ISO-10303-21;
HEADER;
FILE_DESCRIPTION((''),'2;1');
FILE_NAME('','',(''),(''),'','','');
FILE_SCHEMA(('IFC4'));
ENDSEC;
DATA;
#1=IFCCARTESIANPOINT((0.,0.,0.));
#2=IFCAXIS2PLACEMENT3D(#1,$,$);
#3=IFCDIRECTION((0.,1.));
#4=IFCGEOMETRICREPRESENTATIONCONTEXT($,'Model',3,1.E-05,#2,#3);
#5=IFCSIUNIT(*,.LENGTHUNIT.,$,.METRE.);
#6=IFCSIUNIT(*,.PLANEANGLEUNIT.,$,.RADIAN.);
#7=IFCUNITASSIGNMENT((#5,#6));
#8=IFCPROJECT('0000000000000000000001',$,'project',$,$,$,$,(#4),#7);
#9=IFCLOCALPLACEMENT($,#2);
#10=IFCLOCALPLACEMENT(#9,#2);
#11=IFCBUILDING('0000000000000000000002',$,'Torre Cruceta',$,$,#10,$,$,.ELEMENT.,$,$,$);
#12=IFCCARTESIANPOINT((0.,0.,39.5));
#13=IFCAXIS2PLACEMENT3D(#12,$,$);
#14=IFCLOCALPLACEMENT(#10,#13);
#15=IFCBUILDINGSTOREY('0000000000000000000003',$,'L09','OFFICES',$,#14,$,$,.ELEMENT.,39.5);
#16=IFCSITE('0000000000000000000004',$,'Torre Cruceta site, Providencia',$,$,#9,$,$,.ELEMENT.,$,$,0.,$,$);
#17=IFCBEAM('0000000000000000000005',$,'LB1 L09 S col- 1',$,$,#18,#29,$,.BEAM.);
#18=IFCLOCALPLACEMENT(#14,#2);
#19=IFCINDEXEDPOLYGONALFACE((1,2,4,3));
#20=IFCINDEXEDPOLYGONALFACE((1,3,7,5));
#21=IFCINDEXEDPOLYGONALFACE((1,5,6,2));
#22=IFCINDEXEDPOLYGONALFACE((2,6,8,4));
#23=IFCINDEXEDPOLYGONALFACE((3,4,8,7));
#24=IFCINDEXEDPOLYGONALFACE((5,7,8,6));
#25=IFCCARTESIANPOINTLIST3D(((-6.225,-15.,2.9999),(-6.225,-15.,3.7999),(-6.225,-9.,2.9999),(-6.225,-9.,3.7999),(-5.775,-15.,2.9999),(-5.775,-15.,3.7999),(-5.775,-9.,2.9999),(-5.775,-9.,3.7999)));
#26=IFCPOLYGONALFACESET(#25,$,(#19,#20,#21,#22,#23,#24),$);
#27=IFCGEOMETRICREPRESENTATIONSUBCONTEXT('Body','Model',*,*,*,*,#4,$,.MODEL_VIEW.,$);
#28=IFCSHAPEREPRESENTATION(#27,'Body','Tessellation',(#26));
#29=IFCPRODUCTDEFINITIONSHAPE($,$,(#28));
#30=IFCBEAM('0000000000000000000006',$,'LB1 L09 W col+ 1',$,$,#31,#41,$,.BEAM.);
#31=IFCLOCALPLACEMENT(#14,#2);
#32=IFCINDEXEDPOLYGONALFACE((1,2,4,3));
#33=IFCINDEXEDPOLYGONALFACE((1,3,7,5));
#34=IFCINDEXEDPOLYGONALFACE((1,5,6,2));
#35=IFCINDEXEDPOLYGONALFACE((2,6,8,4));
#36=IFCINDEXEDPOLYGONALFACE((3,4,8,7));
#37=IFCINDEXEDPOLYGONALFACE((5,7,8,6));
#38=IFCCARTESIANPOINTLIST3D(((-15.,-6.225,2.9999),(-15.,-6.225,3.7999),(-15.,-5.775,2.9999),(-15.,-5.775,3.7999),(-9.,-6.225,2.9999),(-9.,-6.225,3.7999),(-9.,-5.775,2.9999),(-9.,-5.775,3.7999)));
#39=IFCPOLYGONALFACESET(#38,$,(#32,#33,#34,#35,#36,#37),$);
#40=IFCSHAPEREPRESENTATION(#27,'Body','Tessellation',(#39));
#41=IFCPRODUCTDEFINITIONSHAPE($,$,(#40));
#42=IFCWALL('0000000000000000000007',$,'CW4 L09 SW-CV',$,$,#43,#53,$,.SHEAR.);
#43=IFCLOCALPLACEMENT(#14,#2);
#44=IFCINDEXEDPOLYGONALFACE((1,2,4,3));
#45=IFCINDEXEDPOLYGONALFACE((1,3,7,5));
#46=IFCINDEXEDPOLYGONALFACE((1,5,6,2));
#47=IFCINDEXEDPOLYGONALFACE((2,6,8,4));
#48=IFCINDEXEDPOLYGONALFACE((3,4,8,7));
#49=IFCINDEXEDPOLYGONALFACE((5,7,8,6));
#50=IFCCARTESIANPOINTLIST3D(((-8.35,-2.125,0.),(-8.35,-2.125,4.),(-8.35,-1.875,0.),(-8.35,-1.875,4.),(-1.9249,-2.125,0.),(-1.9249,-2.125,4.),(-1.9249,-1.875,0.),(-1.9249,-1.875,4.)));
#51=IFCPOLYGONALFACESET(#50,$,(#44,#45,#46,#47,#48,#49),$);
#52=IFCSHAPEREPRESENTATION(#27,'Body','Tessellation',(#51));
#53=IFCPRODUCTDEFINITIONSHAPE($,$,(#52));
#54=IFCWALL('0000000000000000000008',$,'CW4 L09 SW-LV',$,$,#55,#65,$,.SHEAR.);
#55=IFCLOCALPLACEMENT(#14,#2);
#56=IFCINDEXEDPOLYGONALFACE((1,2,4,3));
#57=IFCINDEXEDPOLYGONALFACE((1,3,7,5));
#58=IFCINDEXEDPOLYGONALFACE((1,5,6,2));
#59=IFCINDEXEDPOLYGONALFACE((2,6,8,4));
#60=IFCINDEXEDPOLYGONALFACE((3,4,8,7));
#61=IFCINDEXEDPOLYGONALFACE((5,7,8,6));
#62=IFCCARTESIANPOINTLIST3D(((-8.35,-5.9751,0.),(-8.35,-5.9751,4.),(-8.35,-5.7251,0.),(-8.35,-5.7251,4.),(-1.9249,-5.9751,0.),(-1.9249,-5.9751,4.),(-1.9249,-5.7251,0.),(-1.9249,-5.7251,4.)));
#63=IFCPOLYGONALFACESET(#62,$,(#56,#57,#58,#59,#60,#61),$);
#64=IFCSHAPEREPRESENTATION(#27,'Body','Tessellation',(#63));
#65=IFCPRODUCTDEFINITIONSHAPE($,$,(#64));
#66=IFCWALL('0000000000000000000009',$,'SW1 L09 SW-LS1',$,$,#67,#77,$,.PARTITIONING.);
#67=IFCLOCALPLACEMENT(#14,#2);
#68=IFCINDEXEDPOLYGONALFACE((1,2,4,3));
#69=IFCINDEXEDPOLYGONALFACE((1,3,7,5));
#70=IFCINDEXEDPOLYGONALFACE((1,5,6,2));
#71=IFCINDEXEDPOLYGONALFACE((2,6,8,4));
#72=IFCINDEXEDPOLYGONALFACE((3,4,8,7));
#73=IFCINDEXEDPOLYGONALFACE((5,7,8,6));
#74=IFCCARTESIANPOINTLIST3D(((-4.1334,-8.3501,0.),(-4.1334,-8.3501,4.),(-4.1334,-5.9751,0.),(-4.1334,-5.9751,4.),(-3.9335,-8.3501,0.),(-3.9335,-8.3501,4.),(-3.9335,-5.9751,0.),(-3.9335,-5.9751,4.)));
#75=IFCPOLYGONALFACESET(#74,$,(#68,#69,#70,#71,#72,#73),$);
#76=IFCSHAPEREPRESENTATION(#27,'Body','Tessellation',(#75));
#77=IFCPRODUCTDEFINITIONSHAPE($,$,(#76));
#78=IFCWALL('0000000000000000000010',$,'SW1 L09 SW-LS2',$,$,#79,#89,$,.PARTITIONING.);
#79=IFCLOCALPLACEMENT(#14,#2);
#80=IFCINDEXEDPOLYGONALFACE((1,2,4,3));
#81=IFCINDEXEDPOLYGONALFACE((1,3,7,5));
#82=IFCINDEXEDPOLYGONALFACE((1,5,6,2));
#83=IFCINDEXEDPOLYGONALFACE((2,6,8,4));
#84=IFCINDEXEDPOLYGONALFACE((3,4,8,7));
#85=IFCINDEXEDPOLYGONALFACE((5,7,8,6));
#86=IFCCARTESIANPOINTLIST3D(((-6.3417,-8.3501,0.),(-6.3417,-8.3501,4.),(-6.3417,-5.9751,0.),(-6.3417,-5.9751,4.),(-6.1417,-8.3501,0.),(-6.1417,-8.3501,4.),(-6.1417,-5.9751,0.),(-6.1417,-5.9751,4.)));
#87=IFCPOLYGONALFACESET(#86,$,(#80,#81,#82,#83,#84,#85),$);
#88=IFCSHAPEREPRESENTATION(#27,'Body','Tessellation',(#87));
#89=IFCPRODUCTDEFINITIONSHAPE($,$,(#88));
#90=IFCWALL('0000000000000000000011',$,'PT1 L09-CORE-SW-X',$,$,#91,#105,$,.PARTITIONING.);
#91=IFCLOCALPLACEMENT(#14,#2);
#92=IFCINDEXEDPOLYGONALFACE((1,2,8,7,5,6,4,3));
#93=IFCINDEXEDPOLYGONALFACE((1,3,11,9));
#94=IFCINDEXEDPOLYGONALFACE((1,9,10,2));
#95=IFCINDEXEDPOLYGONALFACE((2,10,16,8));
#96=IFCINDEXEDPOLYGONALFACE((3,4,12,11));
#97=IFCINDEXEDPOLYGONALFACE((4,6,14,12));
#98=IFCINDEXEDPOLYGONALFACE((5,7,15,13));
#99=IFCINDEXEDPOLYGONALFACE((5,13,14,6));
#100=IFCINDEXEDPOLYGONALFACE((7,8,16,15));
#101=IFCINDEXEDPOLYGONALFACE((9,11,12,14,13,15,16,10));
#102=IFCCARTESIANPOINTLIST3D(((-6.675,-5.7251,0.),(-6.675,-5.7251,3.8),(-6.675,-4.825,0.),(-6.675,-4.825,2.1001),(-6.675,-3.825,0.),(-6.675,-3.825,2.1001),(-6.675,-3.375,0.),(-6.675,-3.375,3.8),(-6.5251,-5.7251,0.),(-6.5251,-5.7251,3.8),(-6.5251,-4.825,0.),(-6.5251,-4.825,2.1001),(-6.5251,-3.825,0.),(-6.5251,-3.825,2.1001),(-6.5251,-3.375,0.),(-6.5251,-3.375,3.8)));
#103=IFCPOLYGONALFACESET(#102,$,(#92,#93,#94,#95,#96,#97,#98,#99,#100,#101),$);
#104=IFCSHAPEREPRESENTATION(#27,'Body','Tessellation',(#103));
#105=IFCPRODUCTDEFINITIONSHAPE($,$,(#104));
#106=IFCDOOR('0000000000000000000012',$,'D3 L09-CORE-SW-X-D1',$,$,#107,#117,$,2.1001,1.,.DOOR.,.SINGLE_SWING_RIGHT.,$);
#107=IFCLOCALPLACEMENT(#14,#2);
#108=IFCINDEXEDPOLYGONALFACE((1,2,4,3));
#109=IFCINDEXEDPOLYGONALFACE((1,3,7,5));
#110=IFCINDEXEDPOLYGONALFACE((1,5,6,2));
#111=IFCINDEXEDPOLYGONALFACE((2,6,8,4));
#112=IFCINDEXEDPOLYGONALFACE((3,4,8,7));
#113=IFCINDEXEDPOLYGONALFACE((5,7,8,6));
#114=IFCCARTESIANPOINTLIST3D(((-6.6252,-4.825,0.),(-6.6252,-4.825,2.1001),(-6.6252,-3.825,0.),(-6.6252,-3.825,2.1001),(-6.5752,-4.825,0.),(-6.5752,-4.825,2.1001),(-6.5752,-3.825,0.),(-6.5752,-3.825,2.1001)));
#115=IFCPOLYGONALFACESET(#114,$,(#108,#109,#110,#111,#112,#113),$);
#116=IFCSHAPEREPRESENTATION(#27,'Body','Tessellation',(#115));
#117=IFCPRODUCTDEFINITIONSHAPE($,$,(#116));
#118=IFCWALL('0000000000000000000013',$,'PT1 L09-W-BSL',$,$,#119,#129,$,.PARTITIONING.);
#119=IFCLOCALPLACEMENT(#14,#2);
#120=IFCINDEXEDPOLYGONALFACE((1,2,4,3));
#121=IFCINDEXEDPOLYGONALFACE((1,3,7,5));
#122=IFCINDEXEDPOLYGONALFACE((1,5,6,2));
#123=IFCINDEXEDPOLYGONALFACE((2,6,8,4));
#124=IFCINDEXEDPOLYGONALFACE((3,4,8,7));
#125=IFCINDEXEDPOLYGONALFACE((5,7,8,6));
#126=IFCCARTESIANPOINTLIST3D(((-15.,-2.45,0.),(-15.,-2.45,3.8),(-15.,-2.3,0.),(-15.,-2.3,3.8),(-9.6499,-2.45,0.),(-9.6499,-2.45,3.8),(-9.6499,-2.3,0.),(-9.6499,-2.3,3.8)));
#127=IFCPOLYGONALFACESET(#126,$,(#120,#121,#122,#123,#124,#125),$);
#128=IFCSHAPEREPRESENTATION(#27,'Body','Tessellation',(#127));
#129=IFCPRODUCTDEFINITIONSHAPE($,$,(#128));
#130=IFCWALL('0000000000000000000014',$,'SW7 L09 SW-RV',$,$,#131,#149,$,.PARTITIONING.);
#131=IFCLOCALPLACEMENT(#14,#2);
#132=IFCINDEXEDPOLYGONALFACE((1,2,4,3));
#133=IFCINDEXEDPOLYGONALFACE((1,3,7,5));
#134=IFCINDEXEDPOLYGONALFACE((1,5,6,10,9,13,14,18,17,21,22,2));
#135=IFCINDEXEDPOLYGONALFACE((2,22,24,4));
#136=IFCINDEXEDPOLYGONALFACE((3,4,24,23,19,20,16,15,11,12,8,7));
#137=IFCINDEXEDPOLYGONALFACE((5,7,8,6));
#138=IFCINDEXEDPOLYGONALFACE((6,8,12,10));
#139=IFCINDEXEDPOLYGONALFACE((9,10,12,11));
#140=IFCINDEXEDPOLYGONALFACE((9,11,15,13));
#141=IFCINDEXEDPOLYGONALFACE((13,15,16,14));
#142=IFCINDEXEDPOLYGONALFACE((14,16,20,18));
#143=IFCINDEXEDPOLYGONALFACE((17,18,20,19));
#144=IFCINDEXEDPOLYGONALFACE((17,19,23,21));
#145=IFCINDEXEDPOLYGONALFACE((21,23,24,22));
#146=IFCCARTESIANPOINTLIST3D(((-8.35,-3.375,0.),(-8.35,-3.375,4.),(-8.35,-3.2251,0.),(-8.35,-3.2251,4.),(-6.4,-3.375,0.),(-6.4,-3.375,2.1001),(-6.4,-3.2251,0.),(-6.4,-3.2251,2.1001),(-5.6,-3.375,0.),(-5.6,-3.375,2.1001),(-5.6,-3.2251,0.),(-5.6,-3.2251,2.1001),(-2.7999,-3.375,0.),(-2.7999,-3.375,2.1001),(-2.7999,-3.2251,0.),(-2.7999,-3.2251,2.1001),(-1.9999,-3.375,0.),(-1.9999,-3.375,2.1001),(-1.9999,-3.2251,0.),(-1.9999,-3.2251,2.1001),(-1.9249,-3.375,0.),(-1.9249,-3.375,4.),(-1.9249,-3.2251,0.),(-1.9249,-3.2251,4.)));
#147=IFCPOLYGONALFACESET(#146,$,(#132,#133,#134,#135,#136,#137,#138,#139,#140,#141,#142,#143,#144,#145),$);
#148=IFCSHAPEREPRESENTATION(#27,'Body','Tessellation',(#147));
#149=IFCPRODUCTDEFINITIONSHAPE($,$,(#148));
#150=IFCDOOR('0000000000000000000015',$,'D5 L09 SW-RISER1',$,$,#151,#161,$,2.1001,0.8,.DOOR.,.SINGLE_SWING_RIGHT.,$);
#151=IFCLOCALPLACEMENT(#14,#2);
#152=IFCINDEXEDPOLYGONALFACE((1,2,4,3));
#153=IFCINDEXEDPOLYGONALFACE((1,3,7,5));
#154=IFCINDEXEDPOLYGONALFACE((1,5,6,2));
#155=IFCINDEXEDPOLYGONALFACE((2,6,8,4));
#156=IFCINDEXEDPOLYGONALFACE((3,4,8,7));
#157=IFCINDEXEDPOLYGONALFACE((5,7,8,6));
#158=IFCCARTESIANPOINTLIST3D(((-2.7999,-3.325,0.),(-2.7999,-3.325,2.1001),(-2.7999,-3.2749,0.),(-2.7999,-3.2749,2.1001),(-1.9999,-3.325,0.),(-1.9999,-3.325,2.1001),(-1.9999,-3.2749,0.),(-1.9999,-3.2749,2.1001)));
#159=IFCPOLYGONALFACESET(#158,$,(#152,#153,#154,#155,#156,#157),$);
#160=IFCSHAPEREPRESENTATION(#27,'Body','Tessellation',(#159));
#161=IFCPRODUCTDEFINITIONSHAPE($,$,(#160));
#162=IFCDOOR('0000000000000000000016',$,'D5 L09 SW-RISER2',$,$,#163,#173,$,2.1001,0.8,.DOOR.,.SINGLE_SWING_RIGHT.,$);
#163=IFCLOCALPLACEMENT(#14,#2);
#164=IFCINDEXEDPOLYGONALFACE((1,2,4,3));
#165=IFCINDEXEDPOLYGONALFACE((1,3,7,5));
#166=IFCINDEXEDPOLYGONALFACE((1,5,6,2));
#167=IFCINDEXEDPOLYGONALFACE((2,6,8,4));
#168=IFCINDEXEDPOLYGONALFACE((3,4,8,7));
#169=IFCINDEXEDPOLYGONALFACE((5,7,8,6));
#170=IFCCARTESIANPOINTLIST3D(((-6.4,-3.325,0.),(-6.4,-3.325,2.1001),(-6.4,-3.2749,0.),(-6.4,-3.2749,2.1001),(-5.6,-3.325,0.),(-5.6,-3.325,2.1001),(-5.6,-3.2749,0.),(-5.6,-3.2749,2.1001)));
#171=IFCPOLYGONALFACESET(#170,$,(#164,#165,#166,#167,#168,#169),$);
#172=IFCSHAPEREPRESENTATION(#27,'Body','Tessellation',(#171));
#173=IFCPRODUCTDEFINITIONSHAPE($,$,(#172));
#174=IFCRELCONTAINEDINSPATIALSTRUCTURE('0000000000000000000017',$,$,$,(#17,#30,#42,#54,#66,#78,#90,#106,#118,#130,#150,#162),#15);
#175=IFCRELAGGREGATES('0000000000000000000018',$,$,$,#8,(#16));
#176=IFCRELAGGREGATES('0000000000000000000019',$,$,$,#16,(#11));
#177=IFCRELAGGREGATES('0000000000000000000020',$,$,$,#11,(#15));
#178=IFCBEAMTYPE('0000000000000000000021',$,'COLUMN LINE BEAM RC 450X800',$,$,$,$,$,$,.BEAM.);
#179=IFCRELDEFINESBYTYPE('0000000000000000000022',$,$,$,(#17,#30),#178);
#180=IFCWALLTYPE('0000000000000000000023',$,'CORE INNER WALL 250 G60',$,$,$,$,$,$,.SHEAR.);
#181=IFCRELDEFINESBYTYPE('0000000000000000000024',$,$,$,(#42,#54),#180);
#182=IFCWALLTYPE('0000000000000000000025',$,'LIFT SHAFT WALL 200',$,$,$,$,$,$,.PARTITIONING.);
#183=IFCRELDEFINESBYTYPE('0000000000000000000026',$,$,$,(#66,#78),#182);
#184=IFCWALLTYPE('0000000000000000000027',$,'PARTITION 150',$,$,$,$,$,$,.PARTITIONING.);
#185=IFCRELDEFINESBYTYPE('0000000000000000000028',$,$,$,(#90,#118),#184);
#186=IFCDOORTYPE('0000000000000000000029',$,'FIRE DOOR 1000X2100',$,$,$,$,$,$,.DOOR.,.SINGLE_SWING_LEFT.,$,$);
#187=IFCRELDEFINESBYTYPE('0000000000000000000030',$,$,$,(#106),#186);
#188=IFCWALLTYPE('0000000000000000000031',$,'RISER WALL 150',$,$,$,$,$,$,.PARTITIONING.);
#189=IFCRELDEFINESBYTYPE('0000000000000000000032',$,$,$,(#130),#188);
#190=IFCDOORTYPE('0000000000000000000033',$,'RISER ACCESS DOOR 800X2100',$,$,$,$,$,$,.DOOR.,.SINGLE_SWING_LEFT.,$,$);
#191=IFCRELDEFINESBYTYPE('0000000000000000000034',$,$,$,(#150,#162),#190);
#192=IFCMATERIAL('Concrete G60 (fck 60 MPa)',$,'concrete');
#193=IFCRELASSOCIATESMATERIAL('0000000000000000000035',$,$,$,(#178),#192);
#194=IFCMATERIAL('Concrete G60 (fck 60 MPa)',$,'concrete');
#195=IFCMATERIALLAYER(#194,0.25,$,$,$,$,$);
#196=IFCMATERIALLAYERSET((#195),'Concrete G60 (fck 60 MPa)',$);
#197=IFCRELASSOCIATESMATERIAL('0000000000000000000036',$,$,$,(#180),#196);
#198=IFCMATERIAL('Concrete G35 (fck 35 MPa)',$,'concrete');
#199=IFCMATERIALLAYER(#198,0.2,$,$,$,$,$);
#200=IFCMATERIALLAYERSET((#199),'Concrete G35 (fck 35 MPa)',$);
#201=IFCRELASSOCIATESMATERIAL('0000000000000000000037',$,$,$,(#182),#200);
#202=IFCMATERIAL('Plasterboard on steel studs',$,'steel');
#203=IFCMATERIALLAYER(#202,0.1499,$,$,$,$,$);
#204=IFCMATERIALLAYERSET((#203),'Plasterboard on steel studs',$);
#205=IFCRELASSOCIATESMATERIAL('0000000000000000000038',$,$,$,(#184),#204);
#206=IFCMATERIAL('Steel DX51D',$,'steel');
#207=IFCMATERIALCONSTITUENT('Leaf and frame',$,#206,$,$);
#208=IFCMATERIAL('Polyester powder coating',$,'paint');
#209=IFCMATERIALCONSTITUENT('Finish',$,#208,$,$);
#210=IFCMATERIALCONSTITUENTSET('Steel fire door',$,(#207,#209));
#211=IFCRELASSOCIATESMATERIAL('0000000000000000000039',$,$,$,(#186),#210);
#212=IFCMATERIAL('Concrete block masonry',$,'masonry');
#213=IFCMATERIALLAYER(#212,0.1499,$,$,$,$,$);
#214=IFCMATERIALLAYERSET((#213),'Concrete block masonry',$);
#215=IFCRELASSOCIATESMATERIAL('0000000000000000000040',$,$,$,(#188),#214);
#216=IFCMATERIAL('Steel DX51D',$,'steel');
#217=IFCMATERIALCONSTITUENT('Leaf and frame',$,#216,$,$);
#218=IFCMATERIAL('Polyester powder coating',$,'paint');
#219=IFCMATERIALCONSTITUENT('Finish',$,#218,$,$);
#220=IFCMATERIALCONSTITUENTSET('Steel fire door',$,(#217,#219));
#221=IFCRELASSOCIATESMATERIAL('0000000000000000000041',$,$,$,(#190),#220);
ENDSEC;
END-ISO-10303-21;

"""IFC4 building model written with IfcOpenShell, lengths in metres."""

from ifc_helpers import new_model, si_unit, direction, frame, frame_2d, origin, origin_2d, place, context, subcontext, project, spatial, rectangle, extrude, material, layer, layer_set, constituent, constituent_set, material_profile, profile_set, type_object, element, fill, save


model = new_model("IFC4")

# Units and contexts
model_context = context("Model", 3, precision=1e-05, world=origin(), true_north=direction((0.0, 1.0)))
body_context = subcontext(model_context, "Body", "Model", "MODEL_VIEW")
ifc_project = project(units=[si_unit("LENGTHUNIT", "METRE"), si_unit("PLANEANGLEUNIT", "RADIAN")], contexts=[model_context])

# Site, building, storey
site_placement = place(None, origin())
site = spatial("IfcSite", under=ifc_project, at=site_placement, Name="Torre Cruceta site, Providencia", CompositionType="ELEMENT", RefElevation=0.0)
building_placement = place(site_placement, origin())
building = spatial("IfcBuilding", under=site, at=building_placement, Name="Torre Cruceta", CompositionType="ELEMENT")
storey_placement = place(building_placement, frame((0.0, 0.0, 39.5)))
storey = spatial("IfcBuildingStorey", under=building, at=storey_placement, Name="L09", Description="OFFICES", CompositionType="ELEMENT", Elevation=39.5)

# Beams
ifc_material_1 = material(Name="Concrete G60 (fck 60 MPa)", Category="concrete")
ifc_material_profile = material_profile(ifc_material_1, rectangle(XDim=0.45, YDim=0.8, at=origin_2d()), Name="RC 450X800")
ifc_profile_set = profile_set([ifc_material_profile], Name="Concrete G60 (fck 60 MPa)")
beam_type = type_object("IfcBeamType", Name="COLUMN LINE BEAM RC 450X800", PredefinedType="BEAM", material=ifc_profile_set)
for number, where, z_axis, x_axis, name in (
    (1, (-6.0, -9.0, 3.3999), (0.0, -1.0, 0.0), (1.0, 0.0, 0.0), "LB1 L09 S col- 1"),
    (2, (-9.0, -6.0, 3.3999), (-1.0, 0.0, 0.0), (0.0, -1.0, 0.0), "LB1 L09 W col+ 1"),
):
    element("IfcBeam", number, at=place(storey_placement, frame(where, z_axis=z_axis, x_axis=x_axis)), inside=storey, type_object=beam_type, Name=name, PredefinedType="BEAM", context=body_context, shape_type="SweptSolid", body=[
        extrude(rectangle(XDim=0.45, YDim=0.8, at=origin_2d()), origin(), (0.0, 0.0, 1.0), 6.0),
    ])

# Shared definitions
ifc_material_2 = material(Name="Concrete G60 (fck 60 MPa)", Category="concrete")
ifc_layer_1 = layer(ifc_material_2, 0.25)
ifc_layer_set_1 = layer_set([ifc_layer_1], Name="Concrete G60 (fck 60 MPa)")
wall_type_1 = type_object("IfcWallType", Name="CORE INNER WALL 250 G60", PredefinedType="SHEAR", material=ifc_layer_set_1)

# Walls
for number, where, z_axis, x_axis, name in (
    (3, (-1.925, -2.0, 0.0), (0.0, 0.0, 1.0), (-1.0, 0.0, 0.0), "CW4 L09 SW-CV"),
    (4, (-1.925, -5.8501, 0.0), (0.0, 0.0, 1.0), (-1.0, 0.0, 0.0), "CW4 L09 SW-LV"),
):
    element("IfcWall", number, at=place(storey_placement, frame(where, z_axis=z_axis, x_axis=x_axis)), inside=storey, type_object=wall_type_1, Name=name, PredefinedType="SHEAR", context=body_context, shape_type="SweptSolid", body=[
        extrude(rectangle(XDim=6.425, YDim=0.25, at=frame_2d((3.2124, 0.0))), origin(), (0.0, 0.0, 1.0), 4.0),
    ])
ifc_material_3 = material(Name="Concrete G35 (fck 35 MPa)", Category="concrete")
ifc_layer_2 = layer(ifc_material_3, 0.2)
ifc_layer_set_2 = layer_set([ifc_layer_2], Name="Concrete G35 (fck 35 MPa)")
wall_type_2 = type_object("IfcWallType", Name="LIFT SHAFT WALL 200", PredefinedType="PARTITIONING", material=ifc_layer_set_2)
for number, where, z_axis, x_axis, name in (
    (5, (-4.0334, -5.9751, 0.0), (0.0, 0.0, 1.0), (0.0, -1.0, 0.0), "SW1 L09 SW-LS1"),
    (6, (-6.2417, -5.9751, 0.0), (0.0, 0.0, 1.0), (0.0, -1.0, 0.0), "SW1 L09 SW-LS2"),
):
    element("IfcWall", number, at=place(storey_placement, frame(where, z_axis=z_axis, x_axis=x_axis)), inside=storey, type_object=wall_type_2, Name=name, PredefinedType="PARTITIONING", context=body_context, shape_type="SweptSolid", body=[
        extrude(rectangle(XDim=2.375, YDim=0.2, at=frame_2d((1.1875, 0.0))), origin(), (0.0, 0.0, 1.0), 4.0),
    ])

# Wall, opening, door
ifc_material_4 = material(Name="Plasterboard on steel studs", Category="steel")
ifc_layer_3 = layer(ifc_material_4, 0.1499)
ifc_layer_set_3 = layer_set([ifc_layer_3], Name="Plasterboard on steel studs")
wall_type_3 = type_object("IfcWallType", Name="PARTITION 150", PredefinedType="PARTITIONING", material=ifc_layer_set_3)
wall_1_placement = place(storey_placement, frame((-6.6001, -3.375, 0.0), z_axis=(0.0, 0.0, 1.0), x_axis=(0.0, -1.0, 0.0)))
wall_1 = element("IfcWall", 7, at=wall_1_placement, inside=storey, type_object=wall_type_3, Name="PT1 L09-CORE-SW-X", PredefinedType="PARTITIONING", context=body_context, shape_type="SweptSolid", body=[
    extrude(rectangle(XDim=2.3501, YDim=0.1499, at=frame_2d((1.175, 0.0))), origin(), (0.0, 0.0, 1.0), 3.8),
])
opening_1_placement = place(wall_1_placement, frame((0.45, 0.0, 0.0)))
opening_1 = element("IfcOpeningElement", 8, at=opening_1_placement, cuts=wall_1, PredefinedType="OPENING", context=body_context, shape_type="SweptSolid", body=[
    extrude(rectangle(XDim=1.0, YDim=2.1001, at=frame_2d((0.5, 1.05))), frame((0.0, 0.085, 0.0), z_axis=(0.0, -1.0, 0.0), x_axis=(1.0, 0.0, 0.0)), (0.0, 0.0, 1.0), 0.1699),
])
ifc_material_5 = material(Name="Steel DX51D", Category="steel")
ifc_constituent_1 = constituent(ifc_material_5, Name="Leaf and frame")
ifc_material_6 = material(Name="Polyester powder coating", Category="paint")
ifc_constituent_2 = constituent(ifc_material_6, Name="Finish")
ifc_constituent_set_1 = constituent_set(constituents=[ifc_constituent_1, ifc_constituent_2], Name="Steel fire door")
door_type_1 = type_object("IfcDoorType", Name="FIRE DOOR 1000X2100", OperationType="SINGLE_SWING_LEFT", PredefinedType="DOOR", material=ifc_constituent_set_1)
door_1_placement = place(opening_1_placement, frame((1.0, 0.0, 0.0), z_axis=(0.0, 0.0, 1.0), x_axis=(-1.0, 0.0, 0.0)))
door_1 = element("IfcDoor", 9, at=door_1_placement, inside=storey, type_object=door_type_1, Name="D3 L09-CORE-SW-X-D1", OperationType="SINGLE_SWING_RIGHT", OverallHeight=2.1001, OverallWidth=1.0, PredefinedType="DOOR", context=body_context, shape_type="SweptSolid", body=[
    extrude(rectangle(XDim=1.0, YDim=2.1001, at=frame_2d((0.5, 1.05))), frame((0.0, 0.0251, 0.0), z_axis=(0.0, -1.0, 0.0), x_axis=(1.0, 0.0, 0.0)), (0.0, 0.0, 1.0), 0.05),
])
fill(opening_1, door_1)

# Wall
wall_2_placement = place(storey_placement, frame((-9.6499, -2.375, 0.0), z_axis=(0.0, 0.0, 1.0), x_axis=(-1.0, 0.0, 0.0)))
element("IfcWall", 10, at=wall_2_placement, inside=storey, type_object=wall_type_3, Name="PT1 L09-W-BSL", PredefinedType="PARTITIONING", context=body_context, shape_type="SweptSolid", body=[
    extrude(rectangle(XDim=5.3501, YDim=0.1499, at=frame_2d((2.675, 0.0))), origin(), (0.0, 0.0, 1.0), 3.8),
])

# Wall, openings, doors
ifc_material_7 = material(Name="Concrete block masonry", Category="masonry")
ifc_layer_4 = layer(ifc_material_7, 0.1499)
ifc_layer_set_4 = layer_set([ifc_layer_4], Name="Concrete block masonry")
wall_type_4 = type_object("IfcWallType", Name="RISER WALL 150", PredefinedType="PARTITIONING", material=ifc_layer_set_4)
wall_3_placement = place(storey_placement, frame((-1.925, -3.3, 0.0), z_axis=(0.0, 0.0, 1.0), x_axis=(-1.0, 0.0, 0.0)))
wall_3 = element("IfcWall", 11, at=wall_3_placement, inside=storey, type_object=wall_type_4, Name="SW7 L09 SW-RV", PredefinedType="PARTITIONING", context=body_context, shape_type="SweptSolid", body=[
    extrude(rectangle(XDim=6.425, YDim=0.1499, at=frame_2d((3.2124, 0.0))), origin(), (0.0, 0.0, 1.0), 4.0),
])
opening_2_placement = place(wall_3_placement, frame((0.075, 0.0, 0.0)))
opening_2 = element("IfcOpeningElement", 12, at=opening_2_placement, cuts=wall_3, PredefinedType="OPENING", context=body_context, shape_type="SweptSolid", body=[
    extrude(rectangle(XDim=0.8, YDim=2.1001, at=frame_2d((0.3999, 1.05))), frame((0.0, 0.085, 0.0), z_axis=(0.0, -1.0, 0.0), x_axis=(1.0, 0.0, 0.0)), (0.0, 0.0, 1.0), 0.1699),
])
opening_3_placement = place(wall_3_placement, frame((3.675, 0.0, 0.0)))
opening_3 = element("IfcOpeningElement", 13, at=opening_3_placement, cuts=wall_3, PredefinedType="OPENING", context=body_context, shape_type="SweptSolid", body=[
    extrude(rectangle(XDim=0.8, YDim=2.1001, at=frame_2d((0.3999, 1.05))), frame((0.0, 0.085, 0.0), z_axis=(0.0, -1.0, 0.0), x_axis=(1.0, 0.0, 0.0)), (0.0, 0.0, 1.0), 0.1699),
])
ifc_material_8 = material(Name="Steel DX51D", Category="steel")
ifc_constituent_3 = constituent(ifc_material_8, Name="Leaf and frame")
ifc_material_9 = material(Name="Polyester powder coating", Category="paint")
ifc_constituent_4 = constituent(ifc_material_9, Name="Finish")
ifc_constituent_set_2 = constituent_set(constituents=[ifc_constituent_3, ifc_constituent_4], Name="Steel fire door")
door_type_2 = type_object("IfcDoorType", Name="RISER ACCESS DOOR 800X2100", OperationType="SINGLE_SWING_LEFT", PredefinedType="DOOR", material=ifc_constituent_set_2)
door_2_placement = place(opening_2_placement, frame((0.8, 0.0, 0.0), z_axis=(0.0, 0.0, 1.0), x_axis=(-1.0, 0.0, 0.0)))
door_2 = element("IfcDoor", 14, at=door_2_placement, inside=storey, type_object=door_type_2, Name="D5 L09 SW-RISER1", OperationType="SINGLE_SWING_RIGHT", OverallHeight=2.1001, OverallWidth=0.8, PredefinedType="DOOR", context=body_context, shape_type="SweptSolid", body=[
    extrude(rectangle(XDim=0.8, YDim=2.1001, at=frame_2d((0.4001, 1.05))), frame((0.0, 0.0251, 0.0), z_axis=(0.0, -1.0, 0.0), x_axis=(1.0, 0.0, 0.0)), (0.0, 0.0, 1.0), 0.05),
])
fill(opening_2, door_2)
door_3_placement = place(opening_3_placement, frame((0.8, 0.0, 0.0), z_axis=(0.0, 0.0, 1.0), x_axis=(-1.0, 0.0, 0.0)))
door_3 = element("IfcDoor", 15, at=door_3_placement, inside=storey, type_object=door_type_2, Name="D5 L09 SW-RISER2", OperationType="SINGLE_SWING_RIGHT", OverallHeight=2.1001, OverallWidth=0.8, PredefinedType="DOOR", context=body_context, shape_type="SweptSolid", body=[
    extrude(rectangle(XDim=0.8, YDim=2.1001, at=frame_2d((0.4001, 1.05))), frame((0.0, 0.0251, 0.0), z_axis=(0.0, -1.0, 0.0), x_axis=(1.0, 0.0, 0.0)), (0.0, 0.0, 1.0), 0.05),
])
fill(opening_3, door_3)

save(model, "model.ifc")
